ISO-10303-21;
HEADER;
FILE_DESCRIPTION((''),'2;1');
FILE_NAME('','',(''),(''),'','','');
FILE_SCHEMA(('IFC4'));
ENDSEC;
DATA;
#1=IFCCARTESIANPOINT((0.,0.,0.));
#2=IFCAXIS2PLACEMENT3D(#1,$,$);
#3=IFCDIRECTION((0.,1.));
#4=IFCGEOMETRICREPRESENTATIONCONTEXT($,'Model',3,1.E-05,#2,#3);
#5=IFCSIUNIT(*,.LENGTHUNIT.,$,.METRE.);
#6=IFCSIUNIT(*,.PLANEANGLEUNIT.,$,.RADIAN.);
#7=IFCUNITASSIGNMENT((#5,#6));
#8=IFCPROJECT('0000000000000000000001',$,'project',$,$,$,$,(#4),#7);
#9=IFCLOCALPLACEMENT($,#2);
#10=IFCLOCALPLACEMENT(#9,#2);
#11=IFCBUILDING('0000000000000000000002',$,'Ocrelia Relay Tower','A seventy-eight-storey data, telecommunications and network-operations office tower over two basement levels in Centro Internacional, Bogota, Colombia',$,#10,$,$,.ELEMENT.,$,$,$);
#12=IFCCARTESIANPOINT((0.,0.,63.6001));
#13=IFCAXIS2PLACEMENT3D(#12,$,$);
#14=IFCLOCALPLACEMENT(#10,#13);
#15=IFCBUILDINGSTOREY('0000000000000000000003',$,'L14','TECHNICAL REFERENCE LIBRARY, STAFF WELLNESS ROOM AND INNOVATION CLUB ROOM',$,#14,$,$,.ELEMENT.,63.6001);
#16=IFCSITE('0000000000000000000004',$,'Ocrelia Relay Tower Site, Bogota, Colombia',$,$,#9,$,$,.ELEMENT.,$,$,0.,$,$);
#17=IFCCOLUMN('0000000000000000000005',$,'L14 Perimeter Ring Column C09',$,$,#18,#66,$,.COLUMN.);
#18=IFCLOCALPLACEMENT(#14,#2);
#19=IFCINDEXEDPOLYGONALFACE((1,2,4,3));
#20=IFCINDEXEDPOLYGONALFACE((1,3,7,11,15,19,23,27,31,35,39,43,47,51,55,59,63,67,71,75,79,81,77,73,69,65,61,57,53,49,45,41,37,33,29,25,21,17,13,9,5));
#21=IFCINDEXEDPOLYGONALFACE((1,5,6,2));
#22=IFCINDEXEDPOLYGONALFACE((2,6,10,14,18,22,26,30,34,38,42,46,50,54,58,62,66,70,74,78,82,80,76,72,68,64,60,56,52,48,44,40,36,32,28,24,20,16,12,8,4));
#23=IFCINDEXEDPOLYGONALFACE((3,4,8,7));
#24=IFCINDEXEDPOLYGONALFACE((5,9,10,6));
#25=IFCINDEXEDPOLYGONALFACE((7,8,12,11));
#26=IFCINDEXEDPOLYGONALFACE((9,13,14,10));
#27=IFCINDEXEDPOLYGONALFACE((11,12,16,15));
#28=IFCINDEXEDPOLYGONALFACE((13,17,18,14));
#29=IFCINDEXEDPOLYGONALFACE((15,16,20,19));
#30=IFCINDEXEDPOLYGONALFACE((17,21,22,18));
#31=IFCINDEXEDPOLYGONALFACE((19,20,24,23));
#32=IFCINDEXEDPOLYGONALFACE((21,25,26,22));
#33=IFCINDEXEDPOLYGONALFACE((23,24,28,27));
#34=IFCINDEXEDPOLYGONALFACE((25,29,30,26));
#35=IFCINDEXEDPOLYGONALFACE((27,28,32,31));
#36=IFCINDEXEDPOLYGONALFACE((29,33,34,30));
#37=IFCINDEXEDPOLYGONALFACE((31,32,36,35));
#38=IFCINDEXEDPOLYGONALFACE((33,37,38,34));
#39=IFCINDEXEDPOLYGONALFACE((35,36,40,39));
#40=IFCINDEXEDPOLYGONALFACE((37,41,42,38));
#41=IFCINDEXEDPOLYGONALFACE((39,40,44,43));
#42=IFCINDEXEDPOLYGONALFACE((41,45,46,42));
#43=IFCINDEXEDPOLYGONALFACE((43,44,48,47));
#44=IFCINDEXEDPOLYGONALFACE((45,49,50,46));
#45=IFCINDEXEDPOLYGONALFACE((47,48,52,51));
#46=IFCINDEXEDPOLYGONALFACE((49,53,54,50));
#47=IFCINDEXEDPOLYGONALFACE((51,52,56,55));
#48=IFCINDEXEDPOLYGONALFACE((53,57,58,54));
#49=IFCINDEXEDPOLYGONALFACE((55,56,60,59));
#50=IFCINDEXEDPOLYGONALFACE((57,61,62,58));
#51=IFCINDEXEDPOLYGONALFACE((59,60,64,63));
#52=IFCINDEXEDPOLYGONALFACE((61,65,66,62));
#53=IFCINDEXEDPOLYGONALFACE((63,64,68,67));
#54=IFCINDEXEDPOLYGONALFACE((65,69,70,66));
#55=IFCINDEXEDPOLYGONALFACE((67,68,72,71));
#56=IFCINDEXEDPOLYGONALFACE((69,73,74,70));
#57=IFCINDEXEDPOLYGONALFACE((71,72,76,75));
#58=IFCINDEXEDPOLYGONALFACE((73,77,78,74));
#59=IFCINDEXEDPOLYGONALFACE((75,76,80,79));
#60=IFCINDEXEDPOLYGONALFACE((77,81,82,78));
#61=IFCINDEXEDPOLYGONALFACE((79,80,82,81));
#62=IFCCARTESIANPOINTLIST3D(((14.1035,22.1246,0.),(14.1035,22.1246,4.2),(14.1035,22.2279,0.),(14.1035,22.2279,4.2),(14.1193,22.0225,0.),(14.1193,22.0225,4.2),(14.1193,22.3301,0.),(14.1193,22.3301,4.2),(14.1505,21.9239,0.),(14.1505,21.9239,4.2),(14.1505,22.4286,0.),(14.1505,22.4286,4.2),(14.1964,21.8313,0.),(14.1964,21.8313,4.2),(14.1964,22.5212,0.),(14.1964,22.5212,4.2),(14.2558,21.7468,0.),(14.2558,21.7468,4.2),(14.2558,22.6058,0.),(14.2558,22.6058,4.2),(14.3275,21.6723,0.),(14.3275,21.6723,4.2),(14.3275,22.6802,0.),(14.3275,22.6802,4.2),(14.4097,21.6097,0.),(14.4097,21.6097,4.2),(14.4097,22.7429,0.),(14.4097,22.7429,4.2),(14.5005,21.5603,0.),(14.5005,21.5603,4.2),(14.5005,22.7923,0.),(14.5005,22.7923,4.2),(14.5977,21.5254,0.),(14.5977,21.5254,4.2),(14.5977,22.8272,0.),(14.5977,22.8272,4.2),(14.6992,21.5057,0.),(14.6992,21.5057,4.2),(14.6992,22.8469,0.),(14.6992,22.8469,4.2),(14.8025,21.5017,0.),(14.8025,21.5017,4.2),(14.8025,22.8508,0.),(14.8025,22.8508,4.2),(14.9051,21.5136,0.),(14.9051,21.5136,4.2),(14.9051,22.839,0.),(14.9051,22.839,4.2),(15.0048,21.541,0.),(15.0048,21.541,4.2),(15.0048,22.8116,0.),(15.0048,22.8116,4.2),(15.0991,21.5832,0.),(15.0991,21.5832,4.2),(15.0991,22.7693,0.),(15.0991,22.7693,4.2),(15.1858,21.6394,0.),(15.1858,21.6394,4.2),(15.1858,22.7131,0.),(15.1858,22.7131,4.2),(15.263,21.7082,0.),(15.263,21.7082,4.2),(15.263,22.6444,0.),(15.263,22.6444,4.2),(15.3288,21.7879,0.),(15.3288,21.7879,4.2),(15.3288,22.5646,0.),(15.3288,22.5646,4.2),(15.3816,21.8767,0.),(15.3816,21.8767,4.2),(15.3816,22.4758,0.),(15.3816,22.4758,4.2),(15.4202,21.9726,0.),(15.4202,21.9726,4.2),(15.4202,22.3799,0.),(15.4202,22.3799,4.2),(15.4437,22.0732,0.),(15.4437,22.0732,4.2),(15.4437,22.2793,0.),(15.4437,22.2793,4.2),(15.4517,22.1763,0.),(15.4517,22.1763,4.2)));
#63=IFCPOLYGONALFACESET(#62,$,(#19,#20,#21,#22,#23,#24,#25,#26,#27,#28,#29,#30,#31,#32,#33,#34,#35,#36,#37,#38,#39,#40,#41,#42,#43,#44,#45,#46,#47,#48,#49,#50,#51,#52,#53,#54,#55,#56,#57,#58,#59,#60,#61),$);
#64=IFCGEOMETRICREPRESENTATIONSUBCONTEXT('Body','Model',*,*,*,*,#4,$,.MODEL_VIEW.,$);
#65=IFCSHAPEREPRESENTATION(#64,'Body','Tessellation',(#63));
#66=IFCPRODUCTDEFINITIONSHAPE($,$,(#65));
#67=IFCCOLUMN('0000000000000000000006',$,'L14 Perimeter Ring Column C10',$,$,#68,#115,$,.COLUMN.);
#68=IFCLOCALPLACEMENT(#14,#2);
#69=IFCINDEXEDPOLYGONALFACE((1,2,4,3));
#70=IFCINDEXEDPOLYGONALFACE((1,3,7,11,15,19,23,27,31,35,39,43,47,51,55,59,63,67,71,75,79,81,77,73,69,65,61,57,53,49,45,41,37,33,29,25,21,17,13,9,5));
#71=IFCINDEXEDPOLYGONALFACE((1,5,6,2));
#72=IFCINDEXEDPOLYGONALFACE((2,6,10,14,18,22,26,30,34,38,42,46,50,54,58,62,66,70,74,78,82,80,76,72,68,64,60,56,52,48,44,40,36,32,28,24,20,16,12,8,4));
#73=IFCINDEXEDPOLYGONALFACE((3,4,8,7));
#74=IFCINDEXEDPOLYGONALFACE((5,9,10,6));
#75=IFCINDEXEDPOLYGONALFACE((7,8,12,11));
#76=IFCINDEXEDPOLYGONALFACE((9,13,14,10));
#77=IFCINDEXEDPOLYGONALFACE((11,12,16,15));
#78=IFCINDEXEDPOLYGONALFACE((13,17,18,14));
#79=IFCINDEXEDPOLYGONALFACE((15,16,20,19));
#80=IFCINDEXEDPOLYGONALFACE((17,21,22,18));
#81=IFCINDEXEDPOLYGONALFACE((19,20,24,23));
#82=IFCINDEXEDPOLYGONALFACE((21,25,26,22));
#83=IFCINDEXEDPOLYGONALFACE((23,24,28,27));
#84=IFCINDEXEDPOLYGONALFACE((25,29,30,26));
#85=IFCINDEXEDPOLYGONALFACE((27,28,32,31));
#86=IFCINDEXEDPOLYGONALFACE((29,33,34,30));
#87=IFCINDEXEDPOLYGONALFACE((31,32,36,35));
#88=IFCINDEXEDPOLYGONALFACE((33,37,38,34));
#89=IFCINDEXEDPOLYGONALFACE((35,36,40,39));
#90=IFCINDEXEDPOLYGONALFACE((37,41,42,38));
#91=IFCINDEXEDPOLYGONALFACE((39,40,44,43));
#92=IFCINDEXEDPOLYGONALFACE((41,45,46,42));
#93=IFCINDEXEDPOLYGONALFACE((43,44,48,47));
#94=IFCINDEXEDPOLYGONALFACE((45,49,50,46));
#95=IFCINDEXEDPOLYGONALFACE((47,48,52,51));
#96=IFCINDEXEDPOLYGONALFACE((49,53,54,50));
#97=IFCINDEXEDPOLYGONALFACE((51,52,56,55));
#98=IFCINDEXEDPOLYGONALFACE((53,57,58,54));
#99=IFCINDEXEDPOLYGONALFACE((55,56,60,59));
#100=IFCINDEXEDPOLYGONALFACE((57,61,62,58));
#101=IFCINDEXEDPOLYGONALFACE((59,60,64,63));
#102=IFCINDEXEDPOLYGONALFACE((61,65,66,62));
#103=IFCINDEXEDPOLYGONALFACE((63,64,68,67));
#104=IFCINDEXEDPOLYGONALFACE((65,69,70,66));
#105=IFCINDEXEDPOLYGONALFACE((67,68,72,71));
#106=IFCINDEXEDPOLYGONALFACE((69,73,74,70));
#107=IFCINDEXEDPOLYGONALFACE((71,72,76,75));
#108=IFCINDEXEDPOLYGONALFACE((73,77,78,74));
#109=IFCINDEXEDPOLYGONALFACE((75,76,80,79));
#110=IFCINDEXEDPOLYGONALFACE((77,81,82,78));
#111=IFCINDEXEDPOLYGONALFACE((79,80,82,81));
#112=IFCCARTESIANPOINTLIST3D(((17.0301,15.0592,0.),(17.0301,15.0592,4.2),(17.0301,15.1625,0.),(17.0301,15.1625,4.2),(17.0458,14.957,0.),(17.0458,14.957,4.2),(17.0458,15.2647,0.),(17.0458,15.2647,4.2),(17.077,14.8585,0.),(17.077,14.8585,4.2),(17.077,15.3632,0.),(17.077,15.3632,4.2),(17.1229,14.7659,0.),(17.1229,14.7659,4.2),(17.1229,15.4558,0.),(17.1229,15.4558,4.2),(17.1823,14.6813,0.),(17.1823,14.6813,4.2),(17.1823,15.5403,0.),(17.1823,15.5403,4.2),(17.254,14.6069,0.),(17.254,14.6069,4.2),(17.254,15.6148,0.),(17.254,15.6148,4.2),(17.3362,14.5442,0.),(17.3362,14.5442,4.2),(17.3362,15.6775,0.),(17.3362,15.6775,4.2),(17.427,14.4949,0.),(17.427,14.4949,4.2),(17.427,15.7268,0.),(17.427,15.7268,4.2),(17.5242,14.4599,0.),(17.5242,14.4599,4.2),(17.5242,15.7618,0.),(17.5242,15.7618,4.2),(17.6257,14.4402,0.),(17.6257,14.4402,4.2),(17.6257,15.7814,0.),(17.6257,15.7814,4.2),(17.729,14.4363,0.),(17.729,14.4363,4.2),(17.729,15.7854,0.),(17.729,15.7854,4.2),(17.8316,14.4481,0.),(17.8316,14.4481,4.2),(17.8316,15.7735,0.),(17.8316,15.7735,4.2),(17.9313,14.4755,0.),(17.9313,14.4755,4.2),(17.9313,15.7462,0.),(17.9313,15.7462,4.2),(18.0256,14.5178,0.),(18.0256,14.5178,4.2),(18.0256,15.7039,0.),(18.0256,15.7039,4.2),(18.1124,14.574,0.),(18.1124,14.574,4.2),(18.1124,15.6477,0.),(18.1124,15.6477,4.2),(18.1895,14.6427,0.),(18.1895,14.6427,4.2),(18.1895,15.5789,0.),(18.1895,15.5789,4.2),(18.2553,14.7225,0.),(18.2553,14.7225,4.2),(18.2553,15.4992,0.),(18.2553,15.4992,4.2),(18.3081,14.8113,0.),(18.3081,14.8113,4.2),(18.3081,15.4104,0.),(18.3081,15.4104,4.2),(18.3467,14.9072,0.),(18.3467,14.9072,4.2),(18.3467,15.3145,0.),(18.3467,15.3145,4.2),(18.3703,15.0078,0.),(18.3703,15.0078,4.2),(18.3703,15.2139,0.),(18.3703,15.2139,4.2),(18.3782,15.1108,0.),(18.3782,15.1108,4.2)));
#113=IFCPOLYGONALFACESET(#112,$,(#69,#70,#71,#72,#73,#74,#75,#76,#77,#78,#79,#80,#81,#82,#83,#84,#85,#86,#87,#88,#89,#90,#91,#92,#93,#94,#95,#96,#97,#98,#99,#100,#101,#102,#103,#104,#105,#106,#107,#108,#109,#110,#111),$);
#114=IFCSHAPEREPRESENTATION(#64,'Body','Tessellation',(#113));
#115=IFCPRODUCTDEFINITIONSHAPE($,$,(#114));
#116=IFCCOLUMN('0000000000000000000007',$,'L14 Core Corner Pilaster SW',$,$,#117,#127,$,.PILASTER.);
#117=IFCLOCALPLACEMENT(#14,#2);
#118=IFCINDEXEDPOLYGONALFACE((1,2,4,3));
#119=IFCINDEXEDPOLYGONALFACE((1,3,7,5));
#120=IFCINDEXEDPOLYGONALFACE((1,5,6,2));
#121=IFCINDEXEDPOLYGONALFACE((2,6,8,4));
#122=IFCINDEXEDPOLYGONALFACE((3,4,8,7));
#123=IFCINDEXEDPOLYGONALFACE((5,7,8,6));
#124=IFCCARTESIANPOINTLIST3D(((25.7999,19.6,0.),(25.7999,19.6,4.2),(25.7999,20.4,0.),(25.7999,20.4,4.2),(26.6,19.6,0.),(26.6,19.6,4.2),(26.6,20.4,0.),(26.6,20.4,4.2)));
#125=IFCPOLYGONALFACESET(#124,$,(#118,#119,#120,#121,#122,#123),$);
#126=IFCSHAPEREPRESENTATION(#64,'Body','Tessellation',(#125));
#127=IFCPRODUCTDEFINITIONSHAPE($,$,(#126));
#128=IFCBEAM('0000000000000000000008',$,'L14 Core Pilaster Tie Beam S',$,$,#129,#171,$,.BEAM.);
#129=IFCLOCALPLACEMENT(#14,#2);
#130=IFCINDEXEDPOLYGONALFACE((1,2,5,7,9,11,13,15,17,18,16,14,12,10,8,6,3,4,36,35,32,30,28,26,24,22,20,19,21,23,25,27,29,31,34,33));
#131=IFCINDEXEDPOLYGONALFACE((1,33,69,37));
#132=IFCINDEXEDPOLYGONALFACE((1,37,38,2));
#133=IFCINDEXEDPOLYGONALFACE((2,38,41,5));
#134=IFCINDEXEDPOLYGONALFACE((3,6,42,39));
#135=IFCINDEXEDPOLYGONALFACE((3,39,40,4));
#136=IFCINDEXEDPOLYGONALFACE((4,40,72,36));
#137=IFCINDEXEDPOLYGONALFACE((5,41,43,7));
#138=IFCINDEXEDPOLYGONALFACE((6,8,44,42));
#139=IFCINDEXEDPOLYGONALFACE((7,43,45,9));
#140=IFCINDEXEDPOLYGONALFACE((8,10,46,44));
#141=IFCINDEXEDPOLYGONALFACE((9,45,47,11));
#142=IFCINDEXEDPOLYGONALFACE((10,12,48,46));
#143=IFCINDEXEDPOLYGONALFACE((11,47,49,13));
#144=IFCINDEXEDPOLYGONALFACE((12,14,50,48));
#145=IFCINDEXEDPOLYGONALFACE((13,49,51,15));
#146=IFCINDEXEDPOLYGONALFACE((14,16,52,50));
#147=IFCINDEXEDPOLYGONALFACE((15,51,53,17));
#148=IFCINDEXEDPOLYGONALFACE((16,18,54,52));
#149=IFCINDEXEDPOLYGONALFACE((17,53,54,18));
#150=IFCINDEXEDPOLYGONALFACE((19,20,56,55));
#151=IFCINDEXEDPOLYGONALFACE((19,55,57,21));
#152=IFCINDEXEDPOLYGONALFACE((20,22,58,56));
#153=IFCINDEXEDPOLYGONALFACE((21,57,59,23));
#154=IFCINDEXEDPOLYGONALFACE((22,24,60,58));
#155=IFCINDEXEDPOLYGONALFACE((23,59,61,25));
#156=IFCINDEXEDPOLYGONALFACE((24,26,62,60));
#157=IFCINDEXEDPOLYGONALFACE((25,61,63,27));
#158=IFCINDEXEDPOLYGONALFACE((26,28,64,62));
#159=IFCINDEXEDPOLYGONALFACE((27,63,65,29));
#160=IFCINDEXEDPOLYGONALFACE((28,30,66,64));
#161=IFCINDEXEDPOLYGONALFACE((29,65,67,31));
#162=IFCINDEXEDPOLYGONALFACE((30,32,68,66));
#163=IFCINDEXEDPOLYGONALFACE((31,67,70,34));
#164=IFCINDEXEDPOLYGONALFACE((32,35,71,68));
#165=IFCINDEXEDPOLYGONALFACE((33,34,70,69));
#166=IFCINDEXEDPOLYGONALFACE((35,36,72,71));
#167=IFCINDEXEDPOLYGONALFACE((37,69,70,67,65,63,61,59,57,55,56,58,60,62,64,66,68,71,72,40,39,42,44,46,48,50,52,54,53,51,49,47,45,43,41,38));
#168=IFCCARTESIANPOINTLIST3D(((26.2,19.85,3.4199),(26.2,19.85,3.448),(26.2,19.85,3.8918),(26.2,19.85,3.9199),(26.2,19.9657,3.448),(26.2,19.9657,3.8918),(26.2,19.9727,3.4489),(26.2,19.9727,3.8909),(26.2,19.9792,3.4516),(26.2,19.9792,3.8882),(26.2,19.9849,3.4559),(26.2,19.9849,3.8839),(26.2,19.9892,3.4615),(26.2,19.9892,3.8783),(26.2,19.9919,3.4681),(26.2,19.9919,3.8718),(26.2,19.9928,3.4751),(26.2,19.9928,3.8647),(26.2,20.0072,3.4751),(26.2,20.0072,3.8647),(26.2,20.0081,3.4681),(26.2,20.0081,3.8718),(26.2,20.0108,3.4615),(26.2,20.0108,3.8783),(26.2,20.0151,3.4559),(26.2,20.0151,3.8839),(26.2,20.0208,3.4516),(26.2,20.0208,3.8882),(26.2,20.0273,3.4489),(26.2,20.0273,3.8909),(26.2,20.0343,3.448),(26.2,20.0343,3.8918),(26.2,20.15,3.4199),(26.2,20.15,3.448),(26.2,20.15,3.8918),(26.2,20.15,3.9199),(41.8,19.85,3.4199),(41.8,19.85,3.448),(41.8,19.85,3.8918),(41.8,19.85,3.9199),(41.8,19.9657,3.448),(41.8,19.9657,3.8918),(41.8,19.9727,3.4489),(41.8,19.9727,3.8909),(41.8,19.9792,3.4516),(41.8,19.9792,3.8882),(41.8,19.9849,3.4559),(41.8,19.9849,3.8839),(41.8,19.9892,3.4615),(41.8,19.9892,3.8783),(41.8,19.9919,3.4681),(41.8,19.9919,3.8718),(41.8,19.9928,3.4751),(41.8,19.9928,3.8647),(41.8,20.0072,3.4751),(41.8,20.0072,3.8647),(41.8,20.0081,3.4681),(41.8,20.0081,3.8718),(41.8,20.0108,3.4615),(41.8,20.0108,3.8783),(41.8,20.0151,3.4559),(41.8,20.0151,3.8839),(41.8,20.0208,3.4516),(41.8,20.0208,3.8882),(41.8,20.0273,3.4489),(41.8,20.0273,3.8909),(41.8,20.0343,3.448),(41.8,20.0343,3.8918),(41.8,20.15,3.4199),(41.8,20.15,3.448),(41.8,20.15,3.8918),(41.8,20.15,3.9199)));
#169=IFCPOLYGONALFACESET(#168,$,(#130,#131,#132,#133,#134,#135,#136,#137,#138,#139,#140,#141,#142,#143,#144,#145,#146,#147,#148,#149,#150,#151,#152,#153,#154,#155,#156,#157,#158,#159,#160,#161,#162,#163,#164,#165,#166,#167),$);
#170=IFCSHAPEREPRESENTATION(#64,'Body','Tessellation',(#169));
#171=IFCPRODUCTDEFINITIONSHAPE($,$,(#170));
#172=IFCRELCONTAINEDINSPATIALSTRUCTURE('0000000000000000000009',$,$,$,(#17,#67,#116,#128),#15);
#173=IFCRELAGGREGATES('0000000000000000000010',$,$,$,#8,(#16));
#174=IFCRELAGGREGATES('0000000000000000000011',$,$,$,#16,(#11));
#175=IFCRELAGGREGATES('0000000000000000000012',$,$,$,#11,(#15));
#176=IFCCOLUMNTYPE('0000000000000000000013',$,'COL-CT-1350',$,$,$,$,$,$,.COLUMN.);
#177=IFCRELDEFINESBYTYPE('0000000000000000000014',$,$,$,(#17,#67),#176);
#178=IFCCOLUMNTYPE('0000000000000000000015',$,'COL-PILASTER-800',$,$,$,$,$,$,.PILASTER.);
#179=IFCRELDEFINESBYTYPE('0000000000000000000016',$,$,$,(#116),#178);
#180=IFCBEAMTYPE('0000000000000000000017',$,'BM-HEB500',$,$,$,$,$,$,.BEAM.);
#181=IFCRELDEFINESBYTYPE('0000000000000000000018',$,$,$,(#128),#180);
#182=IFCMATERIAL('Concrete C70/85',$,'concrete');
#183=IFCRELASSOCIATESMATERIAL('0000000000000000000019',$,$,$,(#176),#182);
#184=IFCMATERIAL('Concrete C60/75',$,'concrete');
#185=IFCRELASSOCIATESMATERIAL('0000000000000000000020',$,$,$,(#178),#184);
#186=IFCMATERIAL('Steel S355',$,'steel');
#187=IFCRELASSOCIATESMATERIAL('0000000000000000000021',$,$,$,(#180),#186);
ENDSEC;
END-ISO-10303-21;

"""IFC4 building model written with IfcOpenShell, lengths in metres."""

from ifc_helpers import new_model, si_unit, direction, frame, origin, origin_2d, place, context, subcontext, project, spatial, rectangle, circle, i_section, extrude, material, material_profile, profile_set, type_object, element, save


model = new_model("IFC4")

# Units and contexts
model_context = context("Model", 3, precision=1e-05, world=origin(), true_north=direction((0.0, 1.0)))
body_context = subcontext(model_context, "Body", "Model", "MODEL_VIEW")
ifc_project = project(units=[si_unit("LENGTHUNIT", "METRE"), si_unit("PLANEANGLEUNIT", "RADIAN")], contexts=[model_context])

# Site, building, storey
site_placement = place(None, origin())
site = spatial("IfcSite", under=ifc_project, at=site_placement, Name="Ocrelia Relay Tower Site, Bogota, Colombia", CompositionType="ELEMENT", RefElevation=0.0)
building_placement = place(site_placement, origin())
building = spatial("IfcBuilding", under=site, at=building_placement, Name="Ocrelia Relay Tower", Description="A seventy-eight-storey data, telecommunications and network-operations office tower over two basement levels in Centro Internacional, Bogota, Colombia", CompositionType="ELEMENT")
storey_placement = place(building_placement, frame((0.0, 0.0, 63.6001)))
storey = spatial("IfcBuildingStorey", under=building, at=storey_placement, Name="L14", Description="TECHNICAL REFERENCE LIBRARY, STAFF WELLNESS ROOM AND INNOVATION CLUB ROOM", CompositionType="ELEMENT", Elevation=63.6001)

# Columns
ifc_material_1 = material(Name="Concrete C70/85", Category="concrete")
ifc_material_profile_1 = material_profile(ifc_material_1, circle(Radius=0.675, at=origin_2d()), Name="RC-CIR-1350")
ifc_profile_set_1 = profile_set([ifc_material_profile_1], Name="Concrete C70/85")
column_type_1 = type_object("IfcColumnType", Name="COL-CT-1350", PredefinedType="COLUMN", material=ifc_profile_set_1)
for number, where, z_axis, x_axis, name in (
    (1, (14.7766, 22.1763, 0.0), (0.0, 0.0, 1.0), (1.0, 0.0, 0.0), "L14 Perimeter Ring Column C09"),
    (2, (17.7031, 15.1108, 0.0), (0.0, 0.0, 1.0), (1.0, 0.0, 0.0), "L14 Perimeter Ring Column C10"),
):
    element("IfcColumn", number, at=place(storey_placement, frame(where, z_axis=z_axis, x_axis=x_axis)), inside=storey, type_object=column_type_1, Name=name, PredefinedType="COLUMN", context=body_context, shape_type="SweptSolid", body=[
        extrude(circle(Radius=0.675, at=origin_2d()), origin(), (0.0, 0.0, 1.0), 4.2),
    ])
ifc_material_2 = material(Name="Concrete C60/75", Category="concrete")
ifc_material_profile_2 = material_profile(ifc_material_2, rectangle(XDim=0.8, YDim=0.8, at=origin_2d()), Name="RC-COL-800x800")
ifc_profile_set_2 = profile_set([ifc_material_profile_2], Name="Concrete C60/75")
column_type_2 = type_object("IfcColumnType", Name="COL-PILASTER-800", PredefinedType="PILASTER", material=ifc_profile_set_2)
column_placement = place(storey_placement, frame((26.2, 20.0, 0.0), z_axis=(0.0, 0.0, 1.0), x_axis=(1.0, 0.0, 0.0)))
element("IfcColumn", 3, at=column_placement, inside=storey, type_object=column_type_2, Name="L14 Core Corner Pilaster SW", PredefinedType="PILASTER", context=body_context, shape_type="SweptSolid", body=[
    extrude(rectangle(XDim=0.8, YDim=0.8, at=origin_2d()), origin(), (0.0, 0.0, 1.0), 4.2),
])

# Beam
ifc_material_3 = material(Name="Steel S355", Category="steel")
ifc_material_profile_3 = material_profile(ifc_material_3, i_section(OverallWidth=0.3, OverallDepth=0.5, WebThickness=0.0144, FlangeThickness=0.0281, FilletRadius=0.0271, at=origin_2d()), Name="HEB 500")
ifc_profile_set_3 = profile_set([ifc_material_profile_3], Name="Steel S355")
beam_type_1 = type_object("IfcBeamType", Name="BM-HEB500", PredefinedType="BEAM", material=ifc_profile_set_3)
beam_1_placement = place(storey_placement, frame((26.2, 20.0, 3.6699), z_axis=(1.0, 0.0, 0.0), x_axis=(0.0, 1.0, 0.0)))
element("IfcBeam", 4, at=beam_1_placement, inside=storey, type_object=beam_type_1, Name="L14 Core Pilaster Tie Beam S", PredefinedType="BEAM", context=body_context, shape_type="SweptSolid", body=[
    extrude(i_section(OverallWidth=0.3, OverallDepth=0.5, WebThickness=0.0144, FlangeThickness=0.0281, FilletRadius=0.0271, at=origin_2d()), origin(), (0.0, 0.0, 1.0), 15.6001),
])

save(model, "model.ifc")
